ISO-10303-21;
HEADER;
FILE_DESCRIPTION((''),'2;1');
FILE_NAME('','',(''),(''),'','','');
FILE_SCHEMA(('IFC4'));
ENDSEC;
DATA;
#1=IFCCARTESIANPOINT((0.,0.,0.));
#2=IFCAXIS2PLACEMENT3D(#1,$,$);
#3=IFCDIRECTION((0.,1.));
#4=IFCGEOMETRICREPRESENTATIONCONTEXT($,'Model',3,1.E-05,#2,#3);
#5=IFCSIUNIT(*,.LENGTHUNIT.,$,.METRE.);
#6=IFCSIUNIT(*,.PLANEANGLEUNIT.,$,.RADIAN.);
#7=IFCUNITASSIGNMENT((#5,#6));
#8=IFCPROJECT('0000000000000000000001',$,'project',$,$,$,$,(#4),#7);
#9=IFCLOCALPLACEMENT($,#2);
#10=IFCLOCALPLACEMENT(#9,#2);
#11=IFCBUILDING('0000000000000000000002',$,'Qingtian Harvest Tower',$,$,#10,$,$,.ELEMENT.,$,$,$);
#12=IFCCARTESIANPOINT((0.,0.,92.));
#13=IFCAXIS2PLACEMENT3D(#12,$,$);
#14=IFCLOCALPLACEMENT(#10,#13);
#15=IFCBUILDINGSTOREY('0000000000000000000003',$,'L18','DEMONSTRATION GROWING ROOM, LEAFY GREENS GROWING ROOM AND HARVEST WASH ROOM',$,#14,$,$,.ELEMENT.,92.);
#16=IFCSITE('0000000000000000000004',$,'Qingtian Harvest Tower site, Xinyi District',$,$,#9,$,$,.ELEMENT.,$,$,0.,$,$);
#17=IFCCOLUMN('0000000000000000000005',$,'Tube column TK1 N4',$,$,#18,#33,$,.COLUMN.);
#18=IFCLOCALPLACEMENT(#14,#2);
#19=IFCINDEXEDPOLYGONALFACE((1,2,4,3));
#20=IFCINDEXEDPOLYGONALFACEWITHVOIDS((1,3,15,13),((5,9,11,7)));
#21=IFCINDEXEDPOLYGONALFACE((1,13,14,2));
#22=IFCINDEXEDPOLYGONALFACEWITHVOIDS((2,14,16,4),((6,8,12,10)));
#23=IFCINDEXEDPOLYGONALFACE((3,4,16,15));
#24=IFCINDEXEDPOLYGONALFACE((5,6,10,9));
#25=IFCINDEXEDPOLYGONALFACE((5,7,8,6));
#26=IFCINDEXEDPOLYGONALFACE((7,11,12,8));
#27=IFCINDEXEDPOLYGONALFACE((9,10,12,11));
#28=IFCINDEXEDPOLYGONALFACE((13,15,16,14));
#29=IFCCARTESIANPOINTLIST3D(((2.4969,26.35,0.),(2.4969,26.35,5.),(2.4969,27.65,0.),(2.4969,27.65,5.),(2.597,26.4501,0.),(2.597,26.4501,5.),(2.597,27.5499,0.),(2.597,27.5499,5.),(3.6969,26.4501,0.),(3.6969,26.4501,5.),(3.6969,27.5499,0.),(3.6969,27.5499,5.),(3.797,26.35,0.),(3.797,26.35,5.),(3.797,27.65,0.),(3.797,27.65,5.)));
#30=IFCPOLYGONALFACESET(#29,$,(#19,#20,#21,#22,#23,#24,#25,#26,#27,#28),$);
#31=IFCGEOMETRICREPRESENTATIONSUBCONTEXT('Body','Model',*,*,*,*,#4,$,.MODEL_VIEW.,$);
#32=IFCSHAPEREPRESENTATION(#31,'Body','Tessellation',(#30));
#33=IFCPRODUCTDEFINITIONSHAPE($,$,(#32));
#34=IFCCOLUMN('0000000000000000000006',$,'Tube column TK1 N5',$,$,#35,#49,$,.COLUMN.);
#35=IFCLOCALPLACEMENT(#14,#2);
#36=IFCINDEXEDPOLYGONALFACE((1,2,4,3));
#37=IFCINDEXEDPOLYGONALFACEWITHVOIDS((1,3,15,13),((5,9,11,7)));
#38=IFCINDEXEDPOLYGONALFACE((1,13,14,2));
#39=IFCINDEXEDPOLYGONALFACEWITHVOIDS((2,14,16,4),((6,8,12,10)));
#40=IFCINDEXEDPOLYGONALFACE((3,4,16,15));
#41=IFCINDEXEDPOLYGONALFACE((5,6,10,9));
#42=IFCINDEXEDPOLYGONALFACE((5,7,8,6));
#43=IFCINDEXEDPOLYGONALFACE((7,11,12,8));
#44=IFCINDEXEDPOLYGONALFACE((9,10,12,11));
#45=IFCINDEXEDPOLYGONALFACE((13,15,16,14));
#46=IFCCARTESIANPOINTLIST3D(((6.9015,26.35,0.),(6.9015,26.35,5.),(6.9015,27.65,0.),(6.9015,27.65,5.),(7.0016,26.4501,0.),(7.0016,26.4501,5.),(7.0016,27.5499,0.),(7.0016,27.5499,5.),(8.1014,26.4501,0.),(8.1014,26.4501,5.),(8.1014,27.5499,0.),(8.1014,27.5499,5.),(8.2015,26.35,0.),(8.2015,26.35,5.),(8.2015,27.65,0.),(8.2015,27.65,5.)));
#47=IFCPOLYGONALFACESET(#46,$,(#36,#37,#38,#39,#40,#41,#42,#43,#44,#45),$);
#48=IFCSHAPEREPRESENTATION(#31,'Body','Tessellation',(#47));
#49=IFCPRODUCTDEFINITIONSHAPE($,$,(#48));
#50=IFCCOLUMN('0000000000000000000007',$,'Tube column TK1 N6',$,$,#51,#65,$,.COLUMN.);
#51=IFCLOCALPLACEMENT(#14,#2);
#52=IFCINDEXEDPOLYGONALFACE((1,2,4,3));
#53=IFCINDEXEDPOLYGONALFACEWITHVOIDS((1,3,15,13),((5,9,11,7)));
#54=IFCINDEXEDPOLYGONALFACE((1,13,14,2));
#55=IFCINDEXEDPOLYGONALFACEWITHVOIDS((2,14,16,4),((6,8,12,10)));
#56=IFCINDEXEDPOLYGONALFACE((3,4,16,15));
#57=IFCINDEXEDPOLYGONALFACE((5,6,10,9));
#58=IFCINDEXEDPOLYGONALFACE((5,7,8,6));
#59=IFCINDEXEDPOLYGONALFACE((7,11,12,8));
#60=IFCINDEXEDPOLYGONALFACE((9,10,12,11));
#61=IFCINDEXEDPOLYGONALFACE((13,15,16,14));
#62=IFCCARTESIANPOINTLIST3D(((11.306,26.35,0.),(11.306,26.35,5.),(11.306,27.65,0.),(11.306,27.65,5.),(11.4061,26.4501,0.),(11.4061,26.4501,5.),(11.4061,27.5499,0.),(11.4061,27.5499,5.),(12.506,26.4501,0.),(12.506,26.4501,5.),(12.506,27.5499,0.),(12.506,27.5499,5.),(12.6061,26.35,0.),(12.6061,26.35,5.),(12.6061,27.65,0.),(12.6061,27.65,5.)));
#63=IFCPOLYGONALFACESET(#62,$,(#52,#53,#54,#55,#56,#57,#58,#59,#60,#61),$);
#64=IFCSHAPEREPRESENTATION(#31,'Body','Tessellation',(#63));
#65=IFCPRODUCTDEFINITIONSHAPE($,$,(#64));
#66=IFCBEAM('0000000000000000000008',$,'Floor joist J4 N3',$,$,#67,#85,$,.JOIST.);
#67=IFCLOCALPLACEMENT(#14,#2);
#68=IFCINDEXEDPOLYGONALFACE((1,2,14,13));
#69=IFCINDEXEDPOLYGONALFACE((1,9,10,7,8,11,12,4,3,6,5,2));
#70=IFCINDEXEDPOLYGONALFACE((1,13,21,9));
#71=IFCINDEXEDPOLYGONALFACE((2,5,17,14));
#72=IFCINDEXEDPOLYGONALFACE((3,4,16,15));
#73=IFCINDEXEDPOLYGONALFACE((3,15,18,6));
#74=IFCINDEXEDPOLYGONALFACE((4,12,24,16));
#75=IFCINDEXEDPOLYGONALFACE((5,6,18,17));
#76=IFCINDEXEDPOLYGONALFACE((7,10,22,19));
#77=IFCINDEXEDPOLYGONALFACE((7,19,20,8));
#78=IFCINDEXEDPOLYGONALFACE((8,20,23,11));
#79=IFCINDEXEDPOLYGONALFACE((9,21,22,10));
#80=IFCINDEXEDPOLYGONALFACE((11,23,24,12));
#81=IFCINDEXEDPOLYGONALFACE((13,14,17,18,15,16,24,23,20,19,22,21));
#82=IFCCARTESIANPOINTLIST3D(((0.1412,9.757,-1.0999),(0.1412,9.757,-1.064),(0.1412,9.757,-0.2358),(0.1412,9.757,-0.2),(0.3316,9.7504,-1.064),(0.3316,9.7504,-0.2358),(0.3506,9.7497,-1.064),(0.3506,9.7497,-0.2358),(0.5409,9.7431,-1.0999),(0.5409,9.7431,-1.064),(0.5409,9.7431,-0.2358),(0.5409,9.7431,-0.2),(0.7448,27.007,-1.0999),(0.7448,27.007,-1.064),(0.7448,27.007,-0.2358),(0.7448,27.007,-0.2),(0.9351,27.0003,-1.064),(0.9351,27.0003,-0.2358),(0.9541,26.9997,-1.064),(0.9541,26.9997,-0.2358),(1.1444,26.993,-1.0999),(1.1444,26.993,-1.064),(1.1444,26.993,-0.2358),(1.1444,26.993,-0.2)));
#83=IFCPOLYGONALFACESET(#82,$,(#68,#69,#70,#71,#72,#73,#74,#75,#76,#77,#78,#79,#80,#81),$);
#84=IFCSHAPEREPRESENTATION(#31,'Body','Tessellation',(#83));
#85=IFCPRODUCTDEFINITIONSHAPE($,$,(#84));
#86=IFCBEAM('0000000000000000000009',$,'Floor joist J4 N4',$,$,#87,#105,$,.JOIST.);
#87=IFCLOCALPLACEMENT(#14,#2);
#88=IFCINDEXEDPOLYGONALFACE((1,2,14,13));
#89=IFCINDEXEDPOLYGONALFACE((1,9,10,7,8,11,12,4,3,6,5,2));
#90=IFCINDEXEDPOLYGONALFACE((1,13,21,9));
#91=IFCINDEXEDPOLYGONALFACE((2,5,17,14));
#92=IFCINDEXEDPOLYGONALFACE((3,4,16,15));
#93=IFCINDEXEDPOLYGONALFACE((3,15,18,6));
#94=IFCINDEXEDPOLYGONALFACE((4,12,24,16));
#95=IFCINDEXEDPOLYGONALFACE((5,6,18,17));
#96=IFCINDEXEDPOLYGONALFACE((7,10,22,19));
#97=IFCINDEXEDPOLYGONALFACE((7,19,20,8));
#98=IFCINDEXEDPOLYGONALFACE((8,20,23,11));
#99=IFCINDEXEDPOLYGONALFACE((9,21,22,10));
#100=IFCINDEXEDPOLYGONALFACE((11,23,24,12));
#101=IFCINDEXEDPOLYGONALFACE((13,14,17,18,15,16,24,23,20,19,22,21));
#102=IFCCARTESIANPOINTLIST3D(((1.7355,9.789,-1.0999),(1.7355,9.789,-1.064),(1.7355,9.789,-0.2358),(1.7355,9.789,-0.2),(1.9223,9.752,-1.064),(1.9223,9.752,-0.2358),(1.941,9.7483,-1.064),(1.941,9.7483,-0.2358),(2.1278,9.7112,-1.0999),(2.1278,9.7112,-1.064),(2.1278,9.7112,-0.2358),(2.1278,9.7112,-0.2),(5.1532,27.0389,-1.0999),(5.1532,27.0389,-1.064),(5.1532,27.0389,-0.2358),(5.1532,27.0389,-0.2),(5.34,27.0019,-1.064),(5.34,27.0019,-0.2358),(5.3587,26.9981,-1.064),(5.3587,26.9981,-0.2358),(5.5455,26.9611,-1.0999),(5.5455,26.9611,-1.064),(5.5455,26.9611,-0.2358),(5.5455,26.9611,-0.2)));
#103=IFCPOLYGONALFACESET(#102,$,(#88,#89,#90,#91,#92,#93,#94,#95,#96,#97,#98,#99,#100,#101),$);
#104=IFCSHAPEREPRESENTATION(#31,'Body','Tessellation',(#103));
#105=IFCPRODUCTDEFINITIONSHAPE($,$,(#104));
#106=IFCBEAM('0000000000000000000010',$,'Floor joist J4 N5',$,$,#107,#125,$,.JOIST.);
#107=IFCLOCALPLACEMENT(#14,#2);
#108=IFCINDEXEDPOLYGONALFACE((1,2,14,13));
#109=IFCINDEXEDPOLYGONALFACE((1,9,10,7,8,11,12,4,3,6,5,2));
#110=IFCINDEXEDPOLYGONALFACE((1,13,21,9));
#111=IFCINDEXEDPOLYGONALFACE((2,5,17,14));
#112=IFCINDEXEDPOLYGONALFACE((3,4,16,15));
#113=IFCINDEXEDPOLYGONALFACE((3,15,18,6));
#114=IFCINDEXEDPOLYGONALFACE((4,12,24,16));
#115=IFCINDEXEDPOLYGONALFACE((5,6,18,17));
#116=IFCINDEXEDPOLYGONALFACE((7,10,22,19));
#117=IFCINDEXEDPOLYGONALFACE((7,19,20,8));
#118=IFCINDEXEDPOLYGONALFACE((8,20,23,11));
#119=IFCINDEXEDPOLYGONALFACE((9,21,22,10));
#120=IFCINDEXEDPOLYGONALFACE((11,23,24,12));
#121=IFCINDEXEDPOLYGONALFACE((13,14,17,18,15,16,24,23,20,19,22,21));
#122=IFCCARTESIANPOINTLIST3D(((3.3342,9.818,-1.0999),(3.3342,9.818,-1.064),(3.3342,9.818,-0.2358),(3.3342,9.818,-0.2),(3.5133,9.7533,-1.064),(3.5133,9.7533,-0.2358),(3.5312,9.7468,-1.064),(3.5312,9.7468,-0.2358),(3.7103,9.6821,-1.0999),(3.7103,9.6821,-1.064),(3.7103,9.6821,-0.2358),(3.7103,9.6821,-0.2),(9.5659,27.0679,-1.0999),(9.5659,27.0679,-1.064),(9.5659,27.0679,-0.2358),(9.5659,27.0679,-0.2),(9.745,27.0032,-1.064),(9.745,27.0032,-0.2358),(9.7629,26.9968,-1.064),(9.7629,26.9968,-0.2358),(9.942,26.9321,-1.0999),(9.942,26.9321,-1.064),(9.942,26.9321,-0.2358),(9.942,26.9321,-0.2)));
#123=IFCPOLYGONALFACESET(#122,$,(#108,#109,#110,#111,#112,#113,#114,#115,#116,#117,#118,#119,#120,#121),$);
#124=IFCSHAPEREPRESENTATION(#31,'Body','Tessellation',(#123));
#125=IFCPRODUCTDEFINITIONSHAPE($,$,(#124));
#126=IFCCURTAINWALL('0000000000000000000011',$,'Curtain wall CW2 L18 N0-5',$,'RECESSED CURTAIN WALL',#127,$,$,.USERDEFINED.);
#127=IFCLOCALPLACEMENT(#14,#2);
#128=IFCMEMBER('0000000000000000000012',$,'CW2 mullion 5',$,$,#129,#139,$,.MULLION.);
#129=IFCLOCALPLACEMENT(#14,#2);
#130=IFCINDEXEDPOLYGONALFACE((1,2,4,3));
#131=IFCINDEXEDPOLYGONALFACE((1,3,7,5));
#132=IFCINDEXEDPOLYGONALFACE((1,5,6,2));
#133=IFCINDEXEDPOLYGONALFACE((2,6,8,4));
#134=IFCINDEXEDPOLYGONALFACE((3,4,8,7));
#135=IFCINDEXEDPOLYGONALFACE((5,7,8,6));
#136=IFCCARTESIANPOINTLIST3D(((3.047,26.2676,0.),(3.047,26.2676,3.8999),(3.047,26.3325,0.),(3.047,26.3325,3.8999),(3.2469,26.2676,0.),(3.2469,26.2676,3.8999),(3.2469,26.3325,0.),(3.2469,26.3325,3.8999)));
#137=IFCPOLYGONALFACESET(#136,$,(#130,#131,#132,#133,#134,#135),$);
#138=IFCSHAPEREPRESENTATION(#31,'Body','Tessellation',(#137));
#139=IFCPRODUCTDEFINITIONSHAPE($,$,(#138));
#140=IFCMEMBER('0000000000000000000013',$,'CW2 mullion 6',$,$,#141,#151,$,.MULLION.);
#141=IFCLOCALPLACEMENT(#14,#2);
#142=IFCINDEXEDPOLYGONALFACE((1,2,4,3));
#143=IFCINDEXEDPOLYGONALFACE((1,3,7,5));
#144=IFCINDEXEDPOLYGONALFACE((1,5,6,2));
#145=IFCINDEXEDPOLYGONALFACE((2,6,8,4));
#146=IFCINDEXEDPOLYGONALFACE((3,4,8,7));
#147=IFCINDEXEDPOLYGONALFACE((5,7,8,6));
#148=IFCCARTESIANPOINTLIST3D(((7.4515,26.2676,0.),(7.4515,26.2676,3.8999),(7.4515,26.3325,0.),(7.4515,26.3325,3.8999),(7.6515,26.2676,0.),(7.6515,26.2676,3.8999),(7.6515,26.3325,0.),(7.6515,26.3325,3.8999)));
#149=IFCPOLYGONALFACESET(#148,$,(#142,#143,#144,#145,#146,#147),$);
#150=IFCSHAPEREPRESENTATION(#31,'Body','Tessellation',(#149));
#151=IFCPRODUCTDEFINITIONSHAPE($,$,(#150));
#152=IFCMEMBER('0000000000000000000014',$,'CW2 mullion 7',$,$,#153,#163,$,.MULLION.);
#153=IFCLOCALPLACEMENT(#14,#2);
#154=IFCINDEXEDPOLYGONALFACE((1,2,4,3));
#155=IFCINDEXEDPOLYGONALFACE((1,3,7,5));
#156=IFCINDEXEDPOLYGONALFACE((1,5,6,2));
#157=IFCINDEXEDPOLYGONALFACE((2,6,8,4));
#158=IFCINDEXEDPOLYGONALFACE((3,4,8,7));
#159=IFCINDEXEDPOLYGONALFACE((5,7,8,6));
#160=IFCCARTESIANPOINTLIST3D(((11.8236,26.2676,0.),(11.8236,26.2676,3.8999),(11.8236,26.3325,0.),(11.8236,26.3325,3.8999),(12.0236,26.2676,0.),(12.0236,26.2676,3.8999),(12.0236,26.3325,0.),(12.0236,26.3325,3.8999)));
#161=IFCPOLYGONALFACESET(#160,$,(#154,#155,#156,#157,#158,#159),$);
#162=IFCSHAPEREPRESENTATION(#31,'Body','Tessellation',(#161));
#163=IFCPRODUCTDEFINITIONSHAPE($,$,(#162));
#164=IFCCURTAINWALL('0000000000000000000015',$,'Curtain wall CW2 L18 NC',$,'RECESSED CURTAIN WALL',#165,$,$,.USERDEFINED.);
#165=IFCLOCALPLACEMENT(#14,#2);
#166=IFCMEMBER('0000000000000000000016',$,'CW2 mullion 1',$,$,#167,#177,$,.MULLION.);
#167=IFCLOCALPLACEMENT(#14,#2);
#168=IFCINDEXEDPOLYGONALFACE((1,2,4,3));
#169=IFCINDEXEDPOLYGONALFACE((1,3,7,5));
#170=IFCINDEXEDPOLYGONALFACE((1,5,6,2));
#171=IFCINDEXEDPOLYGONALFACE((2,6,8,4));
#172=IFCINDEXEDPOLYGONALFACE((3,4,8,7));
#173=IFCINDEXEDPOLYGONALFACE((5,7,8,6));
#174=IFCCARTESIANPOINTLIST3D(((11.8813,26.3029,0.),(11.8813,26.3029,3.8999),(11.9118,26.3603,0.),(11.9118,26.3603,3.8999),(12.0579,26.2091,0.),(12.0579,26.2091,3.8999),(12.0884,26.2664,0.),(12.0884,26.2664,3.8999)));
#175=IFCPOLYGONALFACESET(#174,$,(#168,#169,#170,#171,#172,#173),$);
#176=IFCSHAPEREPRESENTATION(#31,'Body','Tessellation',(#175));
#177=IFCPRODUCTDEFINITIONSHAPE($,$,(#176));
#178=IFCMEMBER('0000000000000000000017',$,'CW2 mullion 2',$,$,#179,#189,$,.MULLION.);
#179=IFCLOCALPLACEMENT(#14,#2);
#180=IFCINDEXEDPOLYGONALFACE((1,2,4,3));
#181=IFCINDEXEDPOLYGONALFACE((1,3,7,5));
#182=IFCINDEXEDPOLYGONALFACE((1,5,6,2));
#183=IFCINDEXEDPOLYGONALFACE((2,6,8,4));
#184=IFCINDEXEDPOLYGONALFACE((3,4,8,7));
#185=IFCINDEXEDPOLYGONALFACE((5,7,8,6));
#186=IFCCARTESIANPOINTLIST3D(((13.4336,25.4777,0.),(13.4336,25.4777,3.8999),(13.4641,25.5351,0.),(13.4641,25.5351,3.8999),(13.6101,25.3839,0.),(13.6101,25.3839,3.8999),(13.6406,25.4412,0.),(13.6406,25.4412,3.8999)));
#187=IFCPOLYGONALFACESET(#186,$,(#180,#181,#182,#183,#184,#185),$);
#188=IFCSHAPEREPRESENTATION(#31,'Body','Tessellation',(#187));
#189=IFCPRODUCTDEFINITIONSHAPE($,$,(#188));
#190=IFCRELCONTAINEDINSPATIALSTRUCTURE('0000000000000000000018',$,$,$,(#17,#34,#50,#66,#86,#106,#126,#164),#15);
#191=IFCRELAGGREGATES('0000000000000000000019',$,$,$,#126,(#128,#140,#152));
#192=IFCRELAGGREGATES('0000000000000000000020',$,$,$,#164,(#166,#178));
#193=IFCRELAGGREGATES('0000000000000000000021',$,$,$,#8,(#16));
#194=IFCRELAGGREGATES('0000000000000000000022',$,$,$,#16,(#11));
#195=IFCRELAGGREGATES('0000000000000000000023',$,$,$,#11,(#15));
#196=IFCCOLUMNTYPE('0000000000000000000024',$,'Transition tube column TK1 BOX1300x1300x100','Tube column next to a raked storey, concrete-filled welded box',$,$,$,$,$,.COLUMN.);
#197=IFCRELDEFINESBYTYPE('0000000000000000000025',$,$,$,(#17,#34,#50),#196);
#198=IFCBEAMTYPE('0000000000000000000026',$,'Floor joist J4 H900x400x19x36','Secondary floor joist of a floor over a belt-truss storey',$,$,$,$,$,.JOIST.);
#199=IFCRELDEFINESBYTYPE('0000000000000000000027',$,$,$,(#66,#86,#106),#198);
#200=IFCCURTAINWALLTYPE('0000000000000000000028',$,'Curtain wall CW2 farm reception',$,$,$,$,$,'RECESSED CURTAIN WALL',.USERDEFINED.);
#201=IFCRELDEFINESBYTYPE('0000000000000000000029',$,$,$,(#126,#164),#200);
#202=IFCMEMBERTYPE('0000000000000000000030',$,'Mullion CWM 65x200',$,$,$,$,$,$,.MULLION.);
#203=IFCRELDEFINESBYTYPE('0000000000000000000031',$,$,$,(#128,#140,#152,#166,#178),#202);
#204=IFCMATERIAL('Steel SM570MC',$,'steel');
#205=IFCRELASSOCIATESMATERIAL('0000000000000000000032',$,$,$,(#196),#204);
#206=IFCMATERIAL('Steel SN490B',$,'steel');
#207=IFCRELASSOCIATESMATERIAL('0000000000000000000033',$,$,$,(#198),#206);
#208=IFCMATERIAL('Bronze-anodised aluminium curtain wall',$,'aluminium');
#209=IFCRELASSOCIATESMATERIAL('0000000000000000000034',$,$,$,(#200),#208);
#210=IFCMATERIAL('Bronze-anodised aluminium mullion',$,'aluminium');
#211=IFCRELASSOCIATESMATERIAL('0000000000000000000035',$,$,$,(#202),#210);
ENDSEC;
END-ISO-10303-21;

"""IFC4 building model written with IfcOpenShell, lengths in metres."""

from ifc_helpers import new_model, si_unit, direction, frame, origin, origin_2d, place, context, subcontext, project, spatial, rectangle, hollow_rectangle, i_section, extrude, material, material_profile, profile_set, type_object, element, aggregate, save


model = new_model("IFC4")

# Units and contexts
model_context = context("Model", 3, precision=1e-05, world=origin(), true_north=direction((0.0, 1.0)))
body_context = subcontext(model_context, "Body", "Model", "MODEL_VIEW")
ifc_project = project(units=[si_unit("LENGTHUNIT", "METRE"), si_unit("PLANEANGLEUNIT", "RADIAN")], contexts=[model_context])

# Site, building, storey
site_placement = place(None, origin())
site = spatial("IfcSite", under=ifc_project, at=site_placement, Name="Qingtian Harvest Tower site, Xinyi District", CompositionType="ELEMENT", RefElevation=0.0)
building_placement = place(site_placement, origin())
building = spatial("IfcBuilding", under=site, at=building_placement, Name="Qingtian Harvest Tower", CompositionType="ELEMENT")
storey_placement = place(building_placement, frame((0.0, 0.0, 92.0)))
storey = spatial("IfcBuildingStorey", under=building, at=storey_placement, Name="L18", Description="DEMONSTRATION GROWING ROOM, LEAFY GREENS GROWING ROOM AND HARVEST WASH ROOM", CompositionType="ELEMENT", Elevation=92.0)

# Columns
ifc_material_1 = material(Name="Steel SM570MC", Category="steel")
ifc_material_profile_1 = material_profile(ifc_material_1, hollow_rectangle(XDim=1.3, YDim=1.3, WallThickness=0.1001, at=origin_2d()), Name="BOX1300x1300x100")
ifc_profile_set_1 = profile_set([ifc_material_profile_1], Name="Steel SM570MC")
column_type = type_object("IfcColumnType", Name="Transition tube column TK1 BOX1300x1300x100", Description="Tube column next to a raked storey, concrete-filled welded box", PredefinedType="COLUMN", material=ifc_profile_set_1)
for number, where, z_axis, x_axis, name in (
    (1, (3.147, 27.0, 0.0), (0.0, 0.0, 1.0), (-1.0, 0.0, 0.0), "Tube column TK1 N4"),
    (2, (7.5515, 27.0, 0.0), (0.0, 0.0, 1.0), (-1.0, 0.0, 0.0), "Tube column TK1 N5"),
    (3, (11.9561, 27.0, 0.0), (0.0, 0.0, 1.0), (-1.0, 0.0, 0.0), "Tube column TK1 N6"),
):
    element("IfcColumn", number, at=place(storey_placement, frame(where, z_axis=z_axis, x_axis=x_axis)), inside=storey, type_object=column_type, Name=name, PredefinedType="COLUMN", context=body_context, shape_type="SweptSolid", body=[
        extrude(hollow_rectangle(XDim=1.3, YDim=1.3, WallThickness=0.1001, at=origin_2d()), origin(), (0.0, 0.0, 1.0), 5.0),
    ])

# Beams
ifc_material_2 = material(Name="Steel SN490B", Category="steel")
ifc_material_profile_2 = material_profile(ifc_material_2, i_section(OverallWidth=0.3999, OverallDepth=0.8999, WebThickness=0.019, FlangeThickness=0.0359, at=origin_2d()), Name="H900x400x19x36")
ifc_profile_set_2 = profile_set([ifc_material_profile_2], Name="Steel SN490B")
beam_type_1 = type_object("IfcBeamType", Name="Floor joist J4 H900x400x19x36", Description="Secondary floor joist of a floor over a belt-truss storey", PredefinedType="JOIST", material=ifc_profile_set_2)
beam_1_placement = place(storey_placement, frame((0.9446, 27.0, -0.6499), z_axis=(-0.034965, -0.999389, 0.0), x_axis=(0.999389, -0.034965, 0.0)))
element("IfcBeam", 4, at=beam_1_placement, inside=storey, type_object=beam_type_1, Name="Floor joist J4 N3", PredefinedType="JOIST", context=body_context, shape_type="SweptSolid", body=[
    extrude(i_section(OverallWidth=0.3999, OverallDepth=0.8999, WebThickness=0.019, FlangeThickness=0.0359, at=origin_2d()), origin(), (0.0, 0.0, 1.0), 17.2605),
])
beam_2_placement = place(storey_placement, frame((5.3494, 27.0, -0.6499), z_axis=(-0.194351, -0.980932, 0.0), x_axis=(0.980932, -0.194351, 0.0)))
element("IfcBeam", 5, at=beam_2_placement, inside=storey, type_object=beam_type_1, Name="Floor joist J4 N4", PredefinedType="JOIST", context=body_context, shape_type="SweptSolid", body=[
    extrude(i_section(OverallWidth=0.3999, OverallDepth=0.8999, WebThickness=0.019, FlangeThickness=0.0359, at=origin_2d()), origin(), (0.0, 0.0, 1.0), 17.5852),
])
beam_3_placement = place(storey_placement, frame((9.7539, 27.0, -0.6499), z_axis=(-0.339766, -0.94051, 0.0), x_axis=(0.94051, -0.339766, 0.0)))
element("IfcBeam", 6, at=beam_3_placement, inside=storey, type_object=beam_type_1, Name="Floor joist J4 N5", PredefinedType="JOIST", context=body_context, shape_type="SweptSolid", body=[
    extrude(i_section(OverallWidth=0.3999, OverallDepth=0.8999, WebThickness=0.019, FlangeThickness=0.0359, at=origin_2d()), origin(), (0.0, 0.0, 1.0), 18.3411),
])

# Curtain walls, members
ifc_material_3 = material(Name="Bronze-anodised aluminium curtain wall", Category="aluminium")
curtain_wall_type = type_object("IfcCurtainWallType", Name="Curtain wall CW2 farm reception", ElementType="RECESSED CURTAIN WALL", PredefinedType="USERDEFINED", material=ifc_material_3)
curtain_wall_1_placement = place(storey_placement, origin())
curtain_wall_1 = element("IfcCurtainWall", 7, at=curtain_wall_1_placement, inside=storey, type_object=curtain_wall_type, Name="Curtain wall CW2 L18 N0-5", ObjectType="RECESSED CURTAIN WALL", PredefinedType="USERDEFINED")
ifc_material_4 = material(Name="Bronze-anodised aluminium mullion", Category="aluminium")
ifc_material_profile_3 = material_profile(ifc_material_4, rectangle(XDim=0.0649, YDim=0.2, at=origin_2d()), Name="AL 65x200")
ifc_profile_set_3 = profile_set([ifc_material_profile_3], Name="Bronze-anodised aluminium mullion")
member_type_1 = type_object("IfcMemberType", Name="Mullion CWM 65x200", PredefinedType="MULLION", material=ifc_profile_set_3)
member_1_placement = place(storey_placement, frame((3.147, 26.3, 0.0), z_axis=(0.0, 0.0, 1.0), x_axis=(0.0, 1.0, 0.0)))
member_1 = element("IfcMember", 8, at=member_1_placement, type_object=member_type_1, Name="CW2 mullion 5", PredefinedType="MULLION", context=body_context, shape_type="SweptSolid", body=[
    extrude(rectangle(XDim=0.0649, YDim=0.2, at=origin_2d()), origin(), (0.0, 0.0, 1.0), 3.8999),
])
member_2_placement = place(storey_placement, frame((7.5515, 26.3, 0.0), z_axis=(0.0, 0.0, 1.0), x_axis=(0.0, 1.0, 0.0)))
member_2 = element("IfcMember", 9, at=member_2_placement, type_object=member_type_1, Name="CW2 mullion 6", PredefinedType="MULLION", context=body_context, shape_type="SweptSolid", body=[
    extrude(rectangle(XDim=0.0649, YDim=0.2, at=origin_2d()), origin(), (0.0, 0.0, 1.0), 3.8999),
])
member_3_placement = place(storey_placement, frame((11.9236, 26.3, 0.0), z_axis=(0.0, 0.0, 1.0), x_axis=(0.0, 1.0, 0.0)))
member_3 = element("IfcMember", 10, at=member_3_placement, type_object=member_type_1, Name="CW2 mullion 7", PredefinedType="MULLION", context=body_context, shape_type="SweptSolid", body=[
    extrude(rectangle(XDim=0.0649, YDim=0.2, at=origin_2d()), origin(), (0.0, 0.0, 1.0), 3.8999),
])
curtain_wall_2_placement = place(storey_placement, origin())
curtain_wall_2 = element("IfcCurtainWall", 11, at=curtain_wall_2_placement, inside=storey, type_object=curtain_wall_type, Name="Curtain wall CW2 L18 NC", ObjectType="RECESSED CURTAIN WALL", PredefinedType="USERDEFINED")
member_4_placement = place(storey_placement, frame((11.9849, 26.2847, 0.0), z_axis=(0.0, 0.0, 1.0), x_axis=(0.469472, 0.882948, 0.0)))
member_4 = element("IfcMember", 12, at=member_4_placement, type_object=member_type_1, Name="CW2 mullion 1", PredefinedType="MULLION", context=body_context, shape_type="SweptSolid", body=[
    extrude(rectangle(XDim=0.0649, YDim=0.2, at=origin_2d()), origin(), (0.0, 0.0, 1.0), 3.8999),
])
member_5_placement = place(storey_placement, frame((13.5371, 25.4595, 0.0), z_axis=(0.0, 0.0, 1.0), x_axis=(0.469472, 0.882948, 0.0)))
member_5 = element("IfcMember", 13, at=member_5_placement, type_object=member_type_1, Name="CW2 mullion 2", PredefinedType="MULLION", context=body_context, shape_type="SweptSolid", body=[
    extrude(rectangle(XDim=0.0649, YDim=0.2, at=origin_2d()), origin(), (0.0, 0.0, 1.0), 3.8999),
])

aggregate(curtain_wall_1, [member_1, member_2, member_3])
aggregate(curtain_wall_2, [member_4, member_5])

save(model, "model.ifc")
